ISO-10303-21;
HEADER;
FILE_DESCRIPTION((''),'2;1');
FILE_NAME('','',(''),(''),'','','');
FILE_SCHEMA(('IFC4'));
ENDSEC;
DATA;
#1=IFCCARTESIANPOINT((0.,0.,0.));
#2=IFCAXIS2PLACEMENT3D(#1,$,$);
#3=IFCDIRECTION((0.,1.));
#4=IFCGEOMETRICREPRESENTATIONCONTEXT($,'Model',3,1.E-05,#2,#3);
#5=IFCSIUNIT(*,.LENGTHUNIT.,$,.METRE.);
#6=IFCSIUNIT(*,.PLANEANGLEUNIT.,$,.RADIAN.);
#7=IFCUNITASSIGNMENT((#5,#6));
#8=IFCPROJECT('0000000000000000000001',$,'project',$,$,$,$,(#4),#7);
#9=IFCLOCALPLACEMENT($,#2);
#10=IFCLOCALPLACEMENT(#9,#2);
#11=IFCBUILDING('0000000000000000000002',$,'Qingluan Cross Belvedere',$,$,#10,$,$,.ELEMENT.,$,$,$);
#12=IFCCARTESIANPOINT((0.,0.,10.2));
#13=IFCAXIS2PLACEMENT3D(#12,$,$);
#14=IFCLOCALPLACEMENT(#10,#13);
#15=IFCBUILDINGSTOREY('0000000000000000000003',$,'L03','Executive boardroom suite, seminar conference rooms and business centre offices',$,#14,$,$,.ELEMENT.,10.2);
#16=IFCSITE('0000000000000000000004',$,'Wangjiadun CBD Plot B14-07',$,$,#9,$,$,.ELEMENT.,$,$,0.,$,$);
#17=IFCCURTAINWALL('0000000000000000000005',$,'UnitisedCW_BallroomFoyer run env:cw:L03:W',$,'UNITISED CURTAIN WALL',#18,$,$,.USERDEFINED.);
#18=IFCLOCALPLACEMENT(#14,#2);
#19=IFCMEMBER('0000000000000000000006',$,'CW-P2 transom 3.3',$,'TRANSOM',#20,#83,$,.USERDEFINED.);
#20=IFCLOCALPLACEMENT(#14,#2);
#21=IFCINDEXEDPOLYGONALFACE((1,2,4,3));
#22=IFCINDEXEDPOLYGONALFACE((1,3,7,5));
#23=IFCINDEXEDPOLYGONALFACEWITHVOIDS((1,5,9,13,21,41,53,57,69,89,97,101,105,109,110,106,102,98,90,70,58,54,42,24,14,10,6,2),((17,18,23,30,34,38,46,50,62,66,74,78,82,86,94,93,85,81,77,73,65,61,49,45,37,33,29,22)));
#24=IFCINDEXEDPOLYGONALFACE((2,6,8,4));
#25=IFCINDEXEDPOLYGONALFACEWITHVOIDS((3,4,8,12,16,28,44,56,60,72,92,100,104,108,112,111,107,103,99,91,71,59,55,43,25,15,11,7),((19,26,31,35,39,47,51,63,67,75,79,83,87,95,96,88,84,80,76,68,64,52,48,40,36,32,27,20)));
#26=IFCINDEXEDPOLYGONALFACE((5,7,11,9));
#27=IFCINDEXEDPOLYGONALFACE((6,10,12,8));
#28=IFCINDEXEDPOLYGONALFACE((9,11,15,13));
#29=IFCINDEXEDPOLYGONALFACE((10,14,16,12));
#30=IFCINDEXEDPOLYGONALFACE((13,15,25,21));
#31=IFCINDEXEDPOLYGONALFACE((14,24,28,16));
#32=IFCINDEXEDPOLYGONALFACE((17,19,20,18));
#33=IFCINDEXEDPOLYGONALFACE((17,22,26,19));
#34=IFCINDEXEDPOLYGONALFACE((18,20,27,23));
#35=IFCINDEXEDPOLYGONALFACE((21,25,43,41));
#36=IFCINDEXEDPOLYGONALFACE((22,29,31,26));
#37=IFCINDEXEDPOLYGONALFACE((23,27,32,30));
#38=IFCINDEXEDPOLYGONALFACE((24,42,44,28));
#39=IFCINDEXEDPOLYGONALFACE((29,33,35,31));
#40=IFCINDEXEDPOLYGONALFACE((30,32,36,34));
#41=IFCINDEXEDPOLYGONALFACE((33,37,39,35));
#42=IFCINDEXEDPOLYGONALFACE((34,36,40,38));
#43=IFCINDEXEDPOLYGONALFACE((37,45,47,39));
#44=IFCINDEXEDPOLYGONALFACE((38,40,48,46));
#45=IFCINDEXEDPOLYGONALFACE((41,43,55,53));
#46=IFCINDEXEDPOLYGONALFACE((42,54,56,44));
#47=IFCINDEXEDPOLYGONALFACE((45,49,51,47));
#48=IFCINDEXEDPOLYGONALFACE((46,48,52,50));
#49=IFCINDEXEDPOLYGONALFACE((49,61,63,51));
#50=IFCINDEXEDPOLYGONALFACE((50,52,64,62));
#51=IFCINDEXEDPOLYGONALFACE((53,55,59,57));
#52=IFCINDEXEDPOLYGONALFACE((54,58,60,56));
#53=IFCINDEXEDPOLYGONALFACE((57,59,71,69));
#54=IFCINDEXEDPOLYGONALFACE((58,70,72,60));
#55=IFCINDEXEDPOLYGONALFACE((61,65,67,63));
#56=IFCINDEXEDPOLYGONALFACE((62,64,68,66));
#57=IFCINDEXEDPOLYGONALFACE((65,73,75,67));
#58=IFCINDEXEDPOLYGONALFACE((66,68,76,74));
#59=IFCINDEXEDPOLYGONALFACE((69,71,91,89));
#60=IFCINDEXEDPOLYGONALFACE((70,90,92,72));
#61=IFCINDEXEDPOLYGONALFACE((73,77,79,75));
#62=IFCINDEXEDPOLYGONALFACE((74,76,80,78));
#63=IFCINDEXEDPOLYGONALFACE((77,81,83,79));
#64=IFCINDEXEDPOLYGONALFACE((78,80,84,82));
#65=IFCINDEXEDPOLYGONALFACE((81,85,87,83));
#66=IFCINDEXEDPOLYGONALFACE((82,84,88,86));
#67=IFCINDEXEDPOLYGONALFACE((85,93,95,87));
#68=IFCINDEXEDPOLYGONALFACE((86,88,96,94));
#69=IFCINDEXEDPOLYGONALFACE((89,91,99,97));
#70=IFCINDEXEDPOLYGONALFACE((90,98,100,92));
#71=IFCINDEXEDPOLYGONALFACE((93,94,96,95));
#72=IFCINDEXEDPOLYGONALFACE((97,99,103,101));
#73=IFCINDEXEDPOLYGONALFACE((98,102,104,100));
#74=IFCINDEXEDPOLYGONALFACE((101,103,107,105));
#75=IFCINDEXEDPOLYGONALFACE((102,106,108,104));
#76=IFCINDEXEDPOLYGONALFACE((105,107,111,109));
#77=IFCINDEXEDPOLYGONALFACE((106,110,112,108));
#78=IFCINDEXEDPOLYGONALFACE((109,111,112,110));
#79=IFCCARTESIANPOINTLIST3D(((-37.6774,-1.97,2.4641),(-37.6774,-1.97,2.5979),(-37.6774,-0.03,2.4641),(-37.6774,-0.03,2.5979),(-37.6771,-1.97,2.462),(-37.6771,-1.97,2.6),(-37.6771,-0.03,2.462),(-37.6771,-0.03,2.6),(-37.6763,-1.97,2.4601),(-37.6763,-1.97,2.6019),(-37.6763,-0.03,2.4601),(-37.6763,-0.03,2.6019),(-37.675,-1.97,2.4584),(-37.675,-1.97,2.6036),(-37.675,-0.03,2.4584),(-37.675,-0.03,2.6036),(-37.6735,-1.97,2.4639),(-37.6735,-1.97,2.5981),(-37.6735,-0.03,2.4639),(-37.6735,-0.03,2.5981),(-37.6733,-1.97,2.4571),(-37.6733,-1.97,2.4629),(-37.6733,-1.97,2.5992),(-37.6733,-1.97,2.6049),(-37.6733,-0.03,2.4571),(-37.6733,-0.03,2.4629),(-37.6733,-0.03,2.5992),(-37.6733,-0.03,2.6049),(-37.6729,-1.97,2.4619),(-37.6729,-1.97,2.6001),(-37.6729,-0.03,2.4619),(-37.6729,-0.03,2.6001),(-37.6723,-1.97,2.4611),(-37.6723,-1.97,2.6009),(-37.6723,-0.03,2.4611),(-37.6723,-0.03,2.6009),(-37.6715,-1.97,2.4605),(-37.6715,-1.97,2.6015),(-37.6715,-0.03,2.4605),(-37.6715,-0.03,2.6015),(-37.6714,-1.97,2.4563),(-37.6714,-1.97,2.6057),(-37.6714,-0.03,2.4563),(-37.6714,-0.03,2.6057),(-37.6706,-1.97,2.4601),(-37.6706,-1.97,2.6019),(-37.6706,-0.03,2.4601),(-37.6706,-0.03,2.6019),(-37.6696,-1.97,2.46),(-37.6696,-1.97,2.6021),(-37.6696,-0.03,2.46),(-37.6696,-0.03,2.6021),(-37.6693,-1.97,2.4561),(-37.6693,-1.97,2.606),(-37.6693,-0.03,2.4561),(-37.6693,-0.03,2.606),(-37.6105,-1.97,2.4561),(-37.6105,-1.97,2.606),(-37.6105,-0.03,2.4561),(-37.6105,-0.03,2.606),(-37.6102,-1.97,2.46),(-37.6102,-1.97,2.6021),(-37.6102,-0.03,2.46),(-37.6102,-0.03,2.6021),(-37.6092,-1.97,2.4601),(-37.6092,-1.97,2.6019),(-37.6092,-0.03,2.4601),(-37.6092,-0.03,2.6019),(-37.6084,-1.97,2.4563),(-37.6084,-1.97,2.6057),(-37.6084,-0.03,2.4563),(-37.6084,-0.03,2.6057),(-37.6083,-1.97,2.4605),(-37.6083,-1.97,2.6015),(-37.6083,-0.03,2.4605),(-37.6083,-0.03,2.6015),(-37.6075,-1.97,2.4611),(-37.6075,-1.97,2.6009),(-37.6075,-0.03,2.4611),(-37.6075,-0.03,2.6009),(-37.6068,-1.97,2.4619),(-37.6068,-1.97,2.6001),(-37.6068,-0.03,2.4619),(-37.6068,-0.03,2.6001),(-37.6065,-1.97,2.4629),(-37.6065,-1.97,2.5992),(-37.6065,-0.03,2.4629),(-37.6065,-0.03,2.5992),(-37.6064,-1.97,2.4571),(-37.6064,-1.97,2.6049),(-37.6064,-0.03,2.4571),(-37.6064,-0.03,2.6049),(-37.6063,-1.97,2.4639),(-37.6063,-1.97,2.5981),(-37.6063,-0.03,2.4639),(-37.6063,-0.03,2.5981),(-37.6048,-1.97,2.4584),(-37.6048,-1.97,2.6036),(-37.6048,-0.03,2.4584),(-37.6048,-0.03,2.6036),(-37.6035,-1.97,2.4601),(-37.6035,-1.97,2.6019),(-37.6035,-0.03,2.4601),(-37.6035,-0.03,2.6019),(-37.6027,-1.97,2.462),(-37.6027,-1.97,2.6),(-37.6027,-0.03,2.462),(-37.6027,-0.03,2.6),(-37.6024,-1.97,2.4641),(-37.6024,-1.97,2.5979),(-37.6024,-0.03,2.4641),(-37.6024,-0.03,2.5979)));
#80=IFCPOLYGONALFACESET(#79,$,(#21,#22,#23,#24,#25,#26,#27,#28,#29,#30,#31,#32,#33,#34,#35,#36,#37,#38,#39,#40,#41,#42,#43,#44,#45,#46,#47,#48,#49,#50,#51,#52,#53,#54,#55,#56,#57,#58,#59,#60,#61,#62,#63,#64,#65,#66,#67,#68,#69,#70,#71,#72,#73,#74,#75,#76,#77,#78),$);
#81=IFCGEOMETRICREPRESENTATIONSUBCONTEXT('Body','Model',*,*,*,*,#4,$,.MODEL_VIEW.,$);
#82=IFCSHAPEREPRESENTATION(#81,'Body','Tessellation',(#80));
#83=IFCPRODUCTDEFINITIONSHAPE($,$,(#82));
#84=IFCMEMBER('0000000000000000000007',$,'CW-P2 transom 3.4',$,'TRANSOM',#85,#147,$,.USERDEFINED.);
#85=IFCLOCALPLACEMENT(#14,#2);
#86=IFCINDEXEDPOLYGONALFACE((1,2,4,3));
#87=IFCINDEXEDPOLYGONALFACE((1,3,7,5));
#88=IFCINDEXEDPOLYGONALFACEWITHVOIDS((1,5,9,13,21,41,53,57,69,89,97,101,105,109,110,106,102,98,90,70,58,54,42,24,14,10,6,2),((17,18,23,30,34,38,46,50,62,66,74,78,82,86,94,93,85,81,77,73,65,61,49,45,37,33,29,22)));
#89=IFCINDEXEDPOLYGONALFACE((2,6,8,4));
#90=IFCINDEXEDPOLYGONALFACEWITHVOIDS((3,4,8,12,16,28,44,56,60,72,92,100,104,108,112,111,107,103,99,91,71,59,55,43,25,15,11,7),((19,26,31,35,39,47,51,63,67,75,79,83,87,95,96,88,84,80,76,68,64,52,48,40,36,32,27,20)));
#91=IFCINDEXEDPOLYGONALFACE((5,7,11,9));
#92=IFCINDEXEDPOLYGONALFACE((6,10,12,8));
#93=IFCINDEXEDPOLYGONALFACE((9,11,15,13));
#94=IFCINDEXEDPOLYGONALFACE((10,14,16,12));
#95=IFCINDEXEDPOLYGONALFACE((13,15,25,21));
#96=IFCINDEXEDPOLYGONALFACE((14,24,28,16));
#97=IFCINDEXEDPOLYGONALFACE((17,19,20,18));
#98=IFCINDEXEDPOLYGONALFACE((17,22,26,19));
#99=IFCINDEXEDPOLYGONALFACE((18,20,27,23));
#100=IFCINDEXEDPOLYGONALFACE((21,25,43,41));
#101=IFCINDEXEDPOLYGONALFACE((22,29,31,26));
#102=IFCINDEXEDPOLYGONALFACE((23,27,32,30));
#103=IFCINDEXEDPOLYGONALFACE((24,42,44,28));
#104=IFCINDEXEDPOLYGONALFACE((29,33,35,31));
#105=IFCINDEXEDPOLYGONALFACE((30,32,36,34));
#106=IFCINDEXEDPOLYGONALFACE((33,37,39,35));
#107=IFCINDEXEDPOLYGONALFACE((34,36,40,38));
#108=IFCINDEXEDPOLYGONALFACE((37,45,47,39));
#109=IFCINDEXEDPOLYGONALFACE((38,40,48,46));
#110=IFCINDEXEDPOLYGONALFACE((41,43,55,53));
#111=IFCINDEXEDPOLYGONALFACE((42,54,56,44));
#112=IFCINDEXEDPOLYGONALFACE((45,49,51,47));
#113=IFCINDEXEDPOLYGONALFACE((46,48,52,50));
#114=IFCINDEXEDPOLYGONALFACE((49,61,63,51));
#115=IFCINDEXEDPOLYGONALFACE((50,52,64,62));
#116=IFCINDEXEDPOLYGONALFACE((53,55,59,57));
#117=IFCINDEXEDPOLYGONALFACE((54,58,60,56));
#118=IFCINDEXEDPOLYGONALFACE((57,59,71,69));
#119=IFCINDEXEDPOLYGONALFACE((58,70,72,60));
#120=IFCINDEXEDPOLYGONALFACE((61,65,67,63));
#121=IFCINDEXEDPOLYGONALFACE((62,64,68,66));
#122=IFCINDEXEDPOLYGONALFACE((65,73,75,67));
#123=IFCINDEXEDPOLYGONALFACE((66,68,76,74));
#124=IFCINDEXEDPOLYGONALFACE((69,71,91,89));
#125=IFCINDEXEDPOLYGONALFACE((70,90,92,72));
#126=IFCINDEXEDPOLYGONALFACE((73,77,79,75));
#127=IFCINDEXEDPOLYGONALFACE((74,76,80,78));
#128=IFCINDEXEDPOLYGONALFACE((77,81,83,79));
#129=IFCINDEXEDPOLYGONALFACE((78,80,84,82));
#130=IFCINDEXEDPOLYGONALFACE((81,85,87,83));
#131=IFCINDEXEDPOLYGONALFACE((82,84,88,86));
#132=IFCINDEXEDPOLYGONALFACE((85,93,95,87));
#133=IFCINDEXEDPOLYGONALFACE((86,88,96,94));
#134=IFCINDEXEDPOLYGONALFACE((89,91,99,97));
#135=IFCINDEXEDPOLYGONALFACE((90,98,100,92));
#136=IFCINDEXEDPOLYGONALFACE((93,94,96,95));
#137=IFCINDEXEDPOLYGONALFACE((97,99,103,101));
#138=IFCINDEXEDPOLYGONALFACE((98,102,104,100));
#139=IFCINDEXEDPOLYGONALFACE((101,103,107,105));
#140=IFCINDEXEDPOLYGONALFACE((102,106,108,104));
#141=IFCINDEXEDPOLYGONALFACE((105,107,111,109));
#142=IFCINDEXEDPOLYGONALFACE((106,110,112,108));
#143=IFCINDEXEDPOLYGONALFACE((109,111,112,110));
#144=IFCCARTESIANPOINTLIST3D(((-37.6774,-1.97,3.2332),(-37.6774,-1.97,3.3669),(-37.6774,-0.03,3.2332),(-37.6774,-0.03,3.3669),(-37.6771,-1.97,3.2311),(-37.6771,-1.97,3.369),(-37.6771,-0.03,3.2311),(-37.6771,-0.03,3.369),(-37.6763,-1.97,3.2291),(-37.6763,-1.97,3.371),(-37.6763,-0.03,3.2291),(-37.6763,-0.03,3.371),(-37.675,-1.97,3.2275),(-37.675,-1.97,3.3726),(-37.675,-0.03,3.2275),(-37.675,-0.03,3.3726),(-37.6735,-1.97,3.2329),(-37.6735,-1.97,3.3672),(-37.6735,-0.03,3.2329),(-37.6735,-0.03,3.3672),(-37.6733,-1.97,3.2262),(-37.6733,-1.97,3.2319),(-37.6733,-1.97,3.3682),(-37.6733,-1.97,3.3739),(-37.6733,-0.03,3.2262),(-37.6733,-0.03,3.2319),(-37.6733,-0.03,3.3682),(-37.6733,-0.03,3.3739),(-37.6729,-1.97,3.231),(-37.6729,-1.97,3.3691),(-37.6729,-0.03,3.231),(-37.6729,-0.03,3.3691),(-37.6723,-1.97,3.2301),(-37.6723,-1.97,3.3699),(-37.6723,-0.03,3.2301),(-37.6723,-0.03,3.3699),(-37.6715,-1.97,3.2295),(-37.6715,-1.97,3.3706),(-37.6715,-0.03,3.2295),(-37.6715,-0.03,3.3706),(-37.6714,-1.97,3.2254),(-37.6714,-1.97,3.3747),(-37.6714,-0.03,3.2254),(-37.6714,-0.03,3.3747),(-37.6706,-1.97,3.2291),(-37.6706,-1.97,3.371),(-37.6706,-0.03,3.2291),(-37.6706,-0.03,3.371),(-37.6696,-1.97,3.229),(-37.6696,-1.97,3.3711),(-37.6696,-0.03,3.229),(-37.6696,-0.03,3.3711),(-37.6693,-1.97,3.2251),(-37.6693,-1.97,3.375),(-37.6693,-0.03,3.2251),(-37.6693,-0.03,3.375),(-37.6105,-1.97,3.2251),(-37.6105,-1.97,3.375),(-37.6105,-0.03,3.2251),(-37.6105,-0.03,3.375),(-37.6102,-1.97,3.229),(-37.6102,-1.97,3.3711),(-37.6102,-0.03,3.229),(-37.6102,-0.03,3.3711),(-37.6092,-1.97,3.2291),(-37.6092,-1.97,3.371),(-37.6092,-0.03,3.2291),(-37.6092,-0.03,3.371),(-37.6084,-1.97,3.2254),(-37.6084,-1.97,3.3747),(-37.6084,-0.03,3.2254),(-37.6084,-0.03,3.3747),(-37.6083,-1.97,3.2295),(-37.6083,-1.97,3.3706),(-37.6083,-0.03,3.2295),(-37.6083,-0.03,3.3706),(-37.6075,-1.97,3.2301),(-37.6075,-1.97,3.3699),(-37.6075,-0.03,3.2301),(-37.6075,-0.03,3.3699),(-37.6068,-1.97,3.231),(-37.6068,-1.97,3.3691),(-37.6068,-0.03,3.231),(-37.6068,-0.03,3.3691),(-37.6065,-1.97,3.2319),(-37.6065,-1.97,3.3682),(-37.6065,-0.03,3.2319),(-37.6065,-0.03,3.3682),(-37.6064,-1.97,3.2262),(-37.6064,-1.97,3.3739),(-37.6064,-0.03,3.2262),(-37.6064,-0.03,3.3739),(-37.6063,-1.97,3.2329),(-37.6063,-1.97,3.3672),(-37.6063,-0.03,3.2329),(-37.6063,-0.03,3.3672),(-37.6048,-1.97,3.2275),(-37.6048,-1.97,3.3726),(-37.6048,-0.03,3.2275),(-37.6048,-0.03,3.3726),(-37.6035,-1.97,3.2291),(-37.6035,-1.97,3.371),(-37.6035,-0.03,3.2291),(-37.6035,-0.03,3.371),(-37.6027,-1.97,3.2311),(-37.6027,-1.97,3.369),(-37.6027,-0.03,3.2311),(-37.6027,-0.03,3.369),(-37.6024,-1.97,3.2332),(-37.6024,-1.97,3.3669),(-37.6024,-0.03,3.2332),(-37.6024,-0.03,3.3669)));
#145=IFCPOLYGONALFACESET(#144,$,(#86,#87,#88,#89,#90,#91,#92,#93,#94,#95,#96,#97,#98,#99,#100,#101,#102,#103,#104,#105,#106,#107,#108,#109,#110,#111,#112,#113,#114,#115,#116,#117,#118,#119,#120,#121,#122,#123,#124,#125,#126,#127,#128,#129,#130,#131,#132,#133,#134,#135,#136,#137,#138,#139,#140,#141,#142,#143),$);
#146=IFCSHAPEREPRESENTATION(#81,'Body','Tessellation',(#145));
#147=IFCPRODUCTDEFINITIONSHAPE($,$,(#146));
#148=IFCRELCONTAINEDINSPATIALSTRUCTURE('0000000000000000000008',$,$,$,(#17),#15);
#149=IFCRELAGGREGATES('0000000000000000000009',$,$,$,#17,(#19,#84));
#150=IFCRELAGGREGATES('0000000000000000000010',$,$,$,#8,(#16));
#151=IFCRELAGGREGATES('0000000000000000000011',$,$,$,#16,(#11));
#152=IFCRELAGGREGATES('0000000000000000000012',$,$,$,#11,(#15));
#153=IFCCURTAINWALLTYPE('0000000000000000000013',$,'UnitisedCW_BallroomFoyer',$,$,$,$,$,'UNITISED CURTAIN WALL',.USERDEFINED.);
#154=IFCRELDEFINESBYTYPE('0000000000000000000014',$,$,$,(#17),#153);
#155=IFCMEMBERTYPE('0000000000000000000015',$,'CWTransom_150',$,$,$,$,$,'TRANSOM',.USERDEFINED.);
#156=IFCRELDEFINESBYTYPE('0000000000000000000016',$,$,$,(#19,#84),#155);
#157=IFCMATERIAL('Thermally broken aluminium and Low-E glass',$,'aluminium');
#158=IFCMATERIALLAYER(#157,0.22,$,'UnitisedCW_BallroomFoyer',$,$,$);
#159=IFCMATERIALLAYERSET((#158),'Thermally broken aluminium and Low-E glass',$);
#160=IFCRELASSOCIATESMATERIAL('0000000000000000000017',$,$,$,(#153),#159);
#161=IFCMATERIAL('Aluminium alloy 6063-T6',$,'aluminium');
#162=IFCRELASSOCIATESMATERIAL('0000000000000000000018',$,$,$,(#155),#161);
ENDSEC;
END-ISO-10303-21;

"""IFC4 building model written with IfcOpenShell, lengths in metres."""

from ifc_helpers import new_model, si_unit, direction, frame, origin, origin_2d, place, context, subcontext, project, spatial, hollow_rectangle, extrude, material, layer, layer_set, material_profile, profile_set, type_object, element, aggregate, save


model = new_model("IFC4")

# Units and contexts
model_context = context("Model", 3, precision=1e-05, world=origin(), true_north=direction((0.0, 1.0)))
body_context = subcontext(model_context, "Body", "Model", "MODEL_VIEW")
ifc_project = project(units=[si_unit("LENGTHUNIT", "METRE"), si_unit("PLANEANGLEUNIT", "RADIAN")], contexts=[model_context])

# Site, building, storey
site_placement = place(None, origin())
site = spatial("IfcSite", under=ifc_project, at=site_placement, Name="Wangjiadun CBD Plot B14-07", CompositionType="ELEMENT", RefElevation=0.0)
building_placement = place(site_placement, origin())
building = spatial("IfcBuilding", under=site, at=building_placement, Name="Qingluan Cross Belvedere", CompositionType="ELEMENT")
storey_placement = place(building_placement, frame((0.0, 0.0, 10.2)))
storey = spatial("IfcBuildingStorey", under=building, at=storey_placement, Name="L03", Description="Executive boardroom suite, seminar conference rooms and business centre offices", CompositionType="ELEMENT", Elevation=10.2)

# Curtain wall, members
ifc_material_1 = material(Name="Thermally broken aluminium and Low-E glass", Category="aluminium")
ifc_layer_1 = layer(ifc_material_1, 0.22, Name="UnitisedCW_BallroomFoyer")
ifc_layer_set_1 = layer_set([ifc_layer_1], Name="Thermally broken aluminium and Low-E glass")
curtain_wall_type = type_object("IfcCurtainWallType", Name="UnitisedCW_BallroomFoyer", ElementType="UNITISED CURTAIN WALL", PredefinedType="USERDEFINED", material=ifc_layer_set_1)
curtain_wall_placement = place(storey_placement, origin())
curtain_wall = element("IfcCurtainWall", 1, at=curtain_wall_placement, inside=storey, type_object=curtain_wall_type, Name="UnitisedCW_BallroomFoyer run env:cw:L03:W", ObjectType="UNITISED CURTAIN WALL", PredefinedType="USERDEFINED")
ifc_material_2 = material(Name="Aluminium alloy 6063-T6", Category="aluminium")
ifc_material_profile_1 = material_profile(ifc_material_2, hollow_rectangle(XDim=0.075, YDim=0.1499, WallThickness=0.0039, InnerFilletRadius=0.0039, OuterFilletRadius=0.0081, at=origin_2d()), Name="CWT150x75x4")
ifc_profile_set_1 = profile_set([ifc_material_profile_1], Name="Aluminium alloy 6063-T6")
member_type_1 = type_object("IfcMemberType", Name="CWTransom_150", ElementType="TRANSOM", PredefinedType="USERDEFINED", material=ifc_profile_set_1)
member_1_placement = place(storey_placement, frame((-37.6399, -1.97, 2.531), z_axis=(0.0, 1.0, 0.0), x_axis=(-1.0, 0.0, 0.0)))
member_1 = element("IfcMember", 2, at=member_1_placement, type_object=member_type_1, Name="CW-P2 transom 3.3", ObjectType="TRANSOM", PredefinedType="USERDEFINED", context=body_context, shape_type="SweptSolid", body=[
    extrude(hollow_rectangle(XDim=0.075, YDim=0.1499, WallThickness=0.0039, InnerFilletRadius=0.0039, OuterFilletRadius=0.0081, at=origin_2d()), origin(), (0.0, 0.0, 1.0), 1.9399),
])
member_2_placement = place(storey_placement, frame((-37.6399, -1.97, 3.3), z_axis=(0.0, 1.0, 0.0), x_axis=(-1.0, 0.0, 0.0)))
member_2 = element("IfcMember", 3, at=member_2_placement, type_object=member_type_1, Name="CW-P2 transom 3.4", ObjectType="TRANSOM", PredefinedType="USERDEFINED", context=body_context, shape_type="SweptSolid", body=[
    extrude(hollow_rectangle(XDim=0.075, YDim=0.1499, WallThickness=0.0039, InnerFilletRadius=0.0039, OuterFilletRadius=0.0081, at=origin_2d()), origin(), (0.0, 0.0, 1.0), 1.9399),
])
aggregate(curtain_wall, [member_1, member_2])

save(model, "model.ifc")
